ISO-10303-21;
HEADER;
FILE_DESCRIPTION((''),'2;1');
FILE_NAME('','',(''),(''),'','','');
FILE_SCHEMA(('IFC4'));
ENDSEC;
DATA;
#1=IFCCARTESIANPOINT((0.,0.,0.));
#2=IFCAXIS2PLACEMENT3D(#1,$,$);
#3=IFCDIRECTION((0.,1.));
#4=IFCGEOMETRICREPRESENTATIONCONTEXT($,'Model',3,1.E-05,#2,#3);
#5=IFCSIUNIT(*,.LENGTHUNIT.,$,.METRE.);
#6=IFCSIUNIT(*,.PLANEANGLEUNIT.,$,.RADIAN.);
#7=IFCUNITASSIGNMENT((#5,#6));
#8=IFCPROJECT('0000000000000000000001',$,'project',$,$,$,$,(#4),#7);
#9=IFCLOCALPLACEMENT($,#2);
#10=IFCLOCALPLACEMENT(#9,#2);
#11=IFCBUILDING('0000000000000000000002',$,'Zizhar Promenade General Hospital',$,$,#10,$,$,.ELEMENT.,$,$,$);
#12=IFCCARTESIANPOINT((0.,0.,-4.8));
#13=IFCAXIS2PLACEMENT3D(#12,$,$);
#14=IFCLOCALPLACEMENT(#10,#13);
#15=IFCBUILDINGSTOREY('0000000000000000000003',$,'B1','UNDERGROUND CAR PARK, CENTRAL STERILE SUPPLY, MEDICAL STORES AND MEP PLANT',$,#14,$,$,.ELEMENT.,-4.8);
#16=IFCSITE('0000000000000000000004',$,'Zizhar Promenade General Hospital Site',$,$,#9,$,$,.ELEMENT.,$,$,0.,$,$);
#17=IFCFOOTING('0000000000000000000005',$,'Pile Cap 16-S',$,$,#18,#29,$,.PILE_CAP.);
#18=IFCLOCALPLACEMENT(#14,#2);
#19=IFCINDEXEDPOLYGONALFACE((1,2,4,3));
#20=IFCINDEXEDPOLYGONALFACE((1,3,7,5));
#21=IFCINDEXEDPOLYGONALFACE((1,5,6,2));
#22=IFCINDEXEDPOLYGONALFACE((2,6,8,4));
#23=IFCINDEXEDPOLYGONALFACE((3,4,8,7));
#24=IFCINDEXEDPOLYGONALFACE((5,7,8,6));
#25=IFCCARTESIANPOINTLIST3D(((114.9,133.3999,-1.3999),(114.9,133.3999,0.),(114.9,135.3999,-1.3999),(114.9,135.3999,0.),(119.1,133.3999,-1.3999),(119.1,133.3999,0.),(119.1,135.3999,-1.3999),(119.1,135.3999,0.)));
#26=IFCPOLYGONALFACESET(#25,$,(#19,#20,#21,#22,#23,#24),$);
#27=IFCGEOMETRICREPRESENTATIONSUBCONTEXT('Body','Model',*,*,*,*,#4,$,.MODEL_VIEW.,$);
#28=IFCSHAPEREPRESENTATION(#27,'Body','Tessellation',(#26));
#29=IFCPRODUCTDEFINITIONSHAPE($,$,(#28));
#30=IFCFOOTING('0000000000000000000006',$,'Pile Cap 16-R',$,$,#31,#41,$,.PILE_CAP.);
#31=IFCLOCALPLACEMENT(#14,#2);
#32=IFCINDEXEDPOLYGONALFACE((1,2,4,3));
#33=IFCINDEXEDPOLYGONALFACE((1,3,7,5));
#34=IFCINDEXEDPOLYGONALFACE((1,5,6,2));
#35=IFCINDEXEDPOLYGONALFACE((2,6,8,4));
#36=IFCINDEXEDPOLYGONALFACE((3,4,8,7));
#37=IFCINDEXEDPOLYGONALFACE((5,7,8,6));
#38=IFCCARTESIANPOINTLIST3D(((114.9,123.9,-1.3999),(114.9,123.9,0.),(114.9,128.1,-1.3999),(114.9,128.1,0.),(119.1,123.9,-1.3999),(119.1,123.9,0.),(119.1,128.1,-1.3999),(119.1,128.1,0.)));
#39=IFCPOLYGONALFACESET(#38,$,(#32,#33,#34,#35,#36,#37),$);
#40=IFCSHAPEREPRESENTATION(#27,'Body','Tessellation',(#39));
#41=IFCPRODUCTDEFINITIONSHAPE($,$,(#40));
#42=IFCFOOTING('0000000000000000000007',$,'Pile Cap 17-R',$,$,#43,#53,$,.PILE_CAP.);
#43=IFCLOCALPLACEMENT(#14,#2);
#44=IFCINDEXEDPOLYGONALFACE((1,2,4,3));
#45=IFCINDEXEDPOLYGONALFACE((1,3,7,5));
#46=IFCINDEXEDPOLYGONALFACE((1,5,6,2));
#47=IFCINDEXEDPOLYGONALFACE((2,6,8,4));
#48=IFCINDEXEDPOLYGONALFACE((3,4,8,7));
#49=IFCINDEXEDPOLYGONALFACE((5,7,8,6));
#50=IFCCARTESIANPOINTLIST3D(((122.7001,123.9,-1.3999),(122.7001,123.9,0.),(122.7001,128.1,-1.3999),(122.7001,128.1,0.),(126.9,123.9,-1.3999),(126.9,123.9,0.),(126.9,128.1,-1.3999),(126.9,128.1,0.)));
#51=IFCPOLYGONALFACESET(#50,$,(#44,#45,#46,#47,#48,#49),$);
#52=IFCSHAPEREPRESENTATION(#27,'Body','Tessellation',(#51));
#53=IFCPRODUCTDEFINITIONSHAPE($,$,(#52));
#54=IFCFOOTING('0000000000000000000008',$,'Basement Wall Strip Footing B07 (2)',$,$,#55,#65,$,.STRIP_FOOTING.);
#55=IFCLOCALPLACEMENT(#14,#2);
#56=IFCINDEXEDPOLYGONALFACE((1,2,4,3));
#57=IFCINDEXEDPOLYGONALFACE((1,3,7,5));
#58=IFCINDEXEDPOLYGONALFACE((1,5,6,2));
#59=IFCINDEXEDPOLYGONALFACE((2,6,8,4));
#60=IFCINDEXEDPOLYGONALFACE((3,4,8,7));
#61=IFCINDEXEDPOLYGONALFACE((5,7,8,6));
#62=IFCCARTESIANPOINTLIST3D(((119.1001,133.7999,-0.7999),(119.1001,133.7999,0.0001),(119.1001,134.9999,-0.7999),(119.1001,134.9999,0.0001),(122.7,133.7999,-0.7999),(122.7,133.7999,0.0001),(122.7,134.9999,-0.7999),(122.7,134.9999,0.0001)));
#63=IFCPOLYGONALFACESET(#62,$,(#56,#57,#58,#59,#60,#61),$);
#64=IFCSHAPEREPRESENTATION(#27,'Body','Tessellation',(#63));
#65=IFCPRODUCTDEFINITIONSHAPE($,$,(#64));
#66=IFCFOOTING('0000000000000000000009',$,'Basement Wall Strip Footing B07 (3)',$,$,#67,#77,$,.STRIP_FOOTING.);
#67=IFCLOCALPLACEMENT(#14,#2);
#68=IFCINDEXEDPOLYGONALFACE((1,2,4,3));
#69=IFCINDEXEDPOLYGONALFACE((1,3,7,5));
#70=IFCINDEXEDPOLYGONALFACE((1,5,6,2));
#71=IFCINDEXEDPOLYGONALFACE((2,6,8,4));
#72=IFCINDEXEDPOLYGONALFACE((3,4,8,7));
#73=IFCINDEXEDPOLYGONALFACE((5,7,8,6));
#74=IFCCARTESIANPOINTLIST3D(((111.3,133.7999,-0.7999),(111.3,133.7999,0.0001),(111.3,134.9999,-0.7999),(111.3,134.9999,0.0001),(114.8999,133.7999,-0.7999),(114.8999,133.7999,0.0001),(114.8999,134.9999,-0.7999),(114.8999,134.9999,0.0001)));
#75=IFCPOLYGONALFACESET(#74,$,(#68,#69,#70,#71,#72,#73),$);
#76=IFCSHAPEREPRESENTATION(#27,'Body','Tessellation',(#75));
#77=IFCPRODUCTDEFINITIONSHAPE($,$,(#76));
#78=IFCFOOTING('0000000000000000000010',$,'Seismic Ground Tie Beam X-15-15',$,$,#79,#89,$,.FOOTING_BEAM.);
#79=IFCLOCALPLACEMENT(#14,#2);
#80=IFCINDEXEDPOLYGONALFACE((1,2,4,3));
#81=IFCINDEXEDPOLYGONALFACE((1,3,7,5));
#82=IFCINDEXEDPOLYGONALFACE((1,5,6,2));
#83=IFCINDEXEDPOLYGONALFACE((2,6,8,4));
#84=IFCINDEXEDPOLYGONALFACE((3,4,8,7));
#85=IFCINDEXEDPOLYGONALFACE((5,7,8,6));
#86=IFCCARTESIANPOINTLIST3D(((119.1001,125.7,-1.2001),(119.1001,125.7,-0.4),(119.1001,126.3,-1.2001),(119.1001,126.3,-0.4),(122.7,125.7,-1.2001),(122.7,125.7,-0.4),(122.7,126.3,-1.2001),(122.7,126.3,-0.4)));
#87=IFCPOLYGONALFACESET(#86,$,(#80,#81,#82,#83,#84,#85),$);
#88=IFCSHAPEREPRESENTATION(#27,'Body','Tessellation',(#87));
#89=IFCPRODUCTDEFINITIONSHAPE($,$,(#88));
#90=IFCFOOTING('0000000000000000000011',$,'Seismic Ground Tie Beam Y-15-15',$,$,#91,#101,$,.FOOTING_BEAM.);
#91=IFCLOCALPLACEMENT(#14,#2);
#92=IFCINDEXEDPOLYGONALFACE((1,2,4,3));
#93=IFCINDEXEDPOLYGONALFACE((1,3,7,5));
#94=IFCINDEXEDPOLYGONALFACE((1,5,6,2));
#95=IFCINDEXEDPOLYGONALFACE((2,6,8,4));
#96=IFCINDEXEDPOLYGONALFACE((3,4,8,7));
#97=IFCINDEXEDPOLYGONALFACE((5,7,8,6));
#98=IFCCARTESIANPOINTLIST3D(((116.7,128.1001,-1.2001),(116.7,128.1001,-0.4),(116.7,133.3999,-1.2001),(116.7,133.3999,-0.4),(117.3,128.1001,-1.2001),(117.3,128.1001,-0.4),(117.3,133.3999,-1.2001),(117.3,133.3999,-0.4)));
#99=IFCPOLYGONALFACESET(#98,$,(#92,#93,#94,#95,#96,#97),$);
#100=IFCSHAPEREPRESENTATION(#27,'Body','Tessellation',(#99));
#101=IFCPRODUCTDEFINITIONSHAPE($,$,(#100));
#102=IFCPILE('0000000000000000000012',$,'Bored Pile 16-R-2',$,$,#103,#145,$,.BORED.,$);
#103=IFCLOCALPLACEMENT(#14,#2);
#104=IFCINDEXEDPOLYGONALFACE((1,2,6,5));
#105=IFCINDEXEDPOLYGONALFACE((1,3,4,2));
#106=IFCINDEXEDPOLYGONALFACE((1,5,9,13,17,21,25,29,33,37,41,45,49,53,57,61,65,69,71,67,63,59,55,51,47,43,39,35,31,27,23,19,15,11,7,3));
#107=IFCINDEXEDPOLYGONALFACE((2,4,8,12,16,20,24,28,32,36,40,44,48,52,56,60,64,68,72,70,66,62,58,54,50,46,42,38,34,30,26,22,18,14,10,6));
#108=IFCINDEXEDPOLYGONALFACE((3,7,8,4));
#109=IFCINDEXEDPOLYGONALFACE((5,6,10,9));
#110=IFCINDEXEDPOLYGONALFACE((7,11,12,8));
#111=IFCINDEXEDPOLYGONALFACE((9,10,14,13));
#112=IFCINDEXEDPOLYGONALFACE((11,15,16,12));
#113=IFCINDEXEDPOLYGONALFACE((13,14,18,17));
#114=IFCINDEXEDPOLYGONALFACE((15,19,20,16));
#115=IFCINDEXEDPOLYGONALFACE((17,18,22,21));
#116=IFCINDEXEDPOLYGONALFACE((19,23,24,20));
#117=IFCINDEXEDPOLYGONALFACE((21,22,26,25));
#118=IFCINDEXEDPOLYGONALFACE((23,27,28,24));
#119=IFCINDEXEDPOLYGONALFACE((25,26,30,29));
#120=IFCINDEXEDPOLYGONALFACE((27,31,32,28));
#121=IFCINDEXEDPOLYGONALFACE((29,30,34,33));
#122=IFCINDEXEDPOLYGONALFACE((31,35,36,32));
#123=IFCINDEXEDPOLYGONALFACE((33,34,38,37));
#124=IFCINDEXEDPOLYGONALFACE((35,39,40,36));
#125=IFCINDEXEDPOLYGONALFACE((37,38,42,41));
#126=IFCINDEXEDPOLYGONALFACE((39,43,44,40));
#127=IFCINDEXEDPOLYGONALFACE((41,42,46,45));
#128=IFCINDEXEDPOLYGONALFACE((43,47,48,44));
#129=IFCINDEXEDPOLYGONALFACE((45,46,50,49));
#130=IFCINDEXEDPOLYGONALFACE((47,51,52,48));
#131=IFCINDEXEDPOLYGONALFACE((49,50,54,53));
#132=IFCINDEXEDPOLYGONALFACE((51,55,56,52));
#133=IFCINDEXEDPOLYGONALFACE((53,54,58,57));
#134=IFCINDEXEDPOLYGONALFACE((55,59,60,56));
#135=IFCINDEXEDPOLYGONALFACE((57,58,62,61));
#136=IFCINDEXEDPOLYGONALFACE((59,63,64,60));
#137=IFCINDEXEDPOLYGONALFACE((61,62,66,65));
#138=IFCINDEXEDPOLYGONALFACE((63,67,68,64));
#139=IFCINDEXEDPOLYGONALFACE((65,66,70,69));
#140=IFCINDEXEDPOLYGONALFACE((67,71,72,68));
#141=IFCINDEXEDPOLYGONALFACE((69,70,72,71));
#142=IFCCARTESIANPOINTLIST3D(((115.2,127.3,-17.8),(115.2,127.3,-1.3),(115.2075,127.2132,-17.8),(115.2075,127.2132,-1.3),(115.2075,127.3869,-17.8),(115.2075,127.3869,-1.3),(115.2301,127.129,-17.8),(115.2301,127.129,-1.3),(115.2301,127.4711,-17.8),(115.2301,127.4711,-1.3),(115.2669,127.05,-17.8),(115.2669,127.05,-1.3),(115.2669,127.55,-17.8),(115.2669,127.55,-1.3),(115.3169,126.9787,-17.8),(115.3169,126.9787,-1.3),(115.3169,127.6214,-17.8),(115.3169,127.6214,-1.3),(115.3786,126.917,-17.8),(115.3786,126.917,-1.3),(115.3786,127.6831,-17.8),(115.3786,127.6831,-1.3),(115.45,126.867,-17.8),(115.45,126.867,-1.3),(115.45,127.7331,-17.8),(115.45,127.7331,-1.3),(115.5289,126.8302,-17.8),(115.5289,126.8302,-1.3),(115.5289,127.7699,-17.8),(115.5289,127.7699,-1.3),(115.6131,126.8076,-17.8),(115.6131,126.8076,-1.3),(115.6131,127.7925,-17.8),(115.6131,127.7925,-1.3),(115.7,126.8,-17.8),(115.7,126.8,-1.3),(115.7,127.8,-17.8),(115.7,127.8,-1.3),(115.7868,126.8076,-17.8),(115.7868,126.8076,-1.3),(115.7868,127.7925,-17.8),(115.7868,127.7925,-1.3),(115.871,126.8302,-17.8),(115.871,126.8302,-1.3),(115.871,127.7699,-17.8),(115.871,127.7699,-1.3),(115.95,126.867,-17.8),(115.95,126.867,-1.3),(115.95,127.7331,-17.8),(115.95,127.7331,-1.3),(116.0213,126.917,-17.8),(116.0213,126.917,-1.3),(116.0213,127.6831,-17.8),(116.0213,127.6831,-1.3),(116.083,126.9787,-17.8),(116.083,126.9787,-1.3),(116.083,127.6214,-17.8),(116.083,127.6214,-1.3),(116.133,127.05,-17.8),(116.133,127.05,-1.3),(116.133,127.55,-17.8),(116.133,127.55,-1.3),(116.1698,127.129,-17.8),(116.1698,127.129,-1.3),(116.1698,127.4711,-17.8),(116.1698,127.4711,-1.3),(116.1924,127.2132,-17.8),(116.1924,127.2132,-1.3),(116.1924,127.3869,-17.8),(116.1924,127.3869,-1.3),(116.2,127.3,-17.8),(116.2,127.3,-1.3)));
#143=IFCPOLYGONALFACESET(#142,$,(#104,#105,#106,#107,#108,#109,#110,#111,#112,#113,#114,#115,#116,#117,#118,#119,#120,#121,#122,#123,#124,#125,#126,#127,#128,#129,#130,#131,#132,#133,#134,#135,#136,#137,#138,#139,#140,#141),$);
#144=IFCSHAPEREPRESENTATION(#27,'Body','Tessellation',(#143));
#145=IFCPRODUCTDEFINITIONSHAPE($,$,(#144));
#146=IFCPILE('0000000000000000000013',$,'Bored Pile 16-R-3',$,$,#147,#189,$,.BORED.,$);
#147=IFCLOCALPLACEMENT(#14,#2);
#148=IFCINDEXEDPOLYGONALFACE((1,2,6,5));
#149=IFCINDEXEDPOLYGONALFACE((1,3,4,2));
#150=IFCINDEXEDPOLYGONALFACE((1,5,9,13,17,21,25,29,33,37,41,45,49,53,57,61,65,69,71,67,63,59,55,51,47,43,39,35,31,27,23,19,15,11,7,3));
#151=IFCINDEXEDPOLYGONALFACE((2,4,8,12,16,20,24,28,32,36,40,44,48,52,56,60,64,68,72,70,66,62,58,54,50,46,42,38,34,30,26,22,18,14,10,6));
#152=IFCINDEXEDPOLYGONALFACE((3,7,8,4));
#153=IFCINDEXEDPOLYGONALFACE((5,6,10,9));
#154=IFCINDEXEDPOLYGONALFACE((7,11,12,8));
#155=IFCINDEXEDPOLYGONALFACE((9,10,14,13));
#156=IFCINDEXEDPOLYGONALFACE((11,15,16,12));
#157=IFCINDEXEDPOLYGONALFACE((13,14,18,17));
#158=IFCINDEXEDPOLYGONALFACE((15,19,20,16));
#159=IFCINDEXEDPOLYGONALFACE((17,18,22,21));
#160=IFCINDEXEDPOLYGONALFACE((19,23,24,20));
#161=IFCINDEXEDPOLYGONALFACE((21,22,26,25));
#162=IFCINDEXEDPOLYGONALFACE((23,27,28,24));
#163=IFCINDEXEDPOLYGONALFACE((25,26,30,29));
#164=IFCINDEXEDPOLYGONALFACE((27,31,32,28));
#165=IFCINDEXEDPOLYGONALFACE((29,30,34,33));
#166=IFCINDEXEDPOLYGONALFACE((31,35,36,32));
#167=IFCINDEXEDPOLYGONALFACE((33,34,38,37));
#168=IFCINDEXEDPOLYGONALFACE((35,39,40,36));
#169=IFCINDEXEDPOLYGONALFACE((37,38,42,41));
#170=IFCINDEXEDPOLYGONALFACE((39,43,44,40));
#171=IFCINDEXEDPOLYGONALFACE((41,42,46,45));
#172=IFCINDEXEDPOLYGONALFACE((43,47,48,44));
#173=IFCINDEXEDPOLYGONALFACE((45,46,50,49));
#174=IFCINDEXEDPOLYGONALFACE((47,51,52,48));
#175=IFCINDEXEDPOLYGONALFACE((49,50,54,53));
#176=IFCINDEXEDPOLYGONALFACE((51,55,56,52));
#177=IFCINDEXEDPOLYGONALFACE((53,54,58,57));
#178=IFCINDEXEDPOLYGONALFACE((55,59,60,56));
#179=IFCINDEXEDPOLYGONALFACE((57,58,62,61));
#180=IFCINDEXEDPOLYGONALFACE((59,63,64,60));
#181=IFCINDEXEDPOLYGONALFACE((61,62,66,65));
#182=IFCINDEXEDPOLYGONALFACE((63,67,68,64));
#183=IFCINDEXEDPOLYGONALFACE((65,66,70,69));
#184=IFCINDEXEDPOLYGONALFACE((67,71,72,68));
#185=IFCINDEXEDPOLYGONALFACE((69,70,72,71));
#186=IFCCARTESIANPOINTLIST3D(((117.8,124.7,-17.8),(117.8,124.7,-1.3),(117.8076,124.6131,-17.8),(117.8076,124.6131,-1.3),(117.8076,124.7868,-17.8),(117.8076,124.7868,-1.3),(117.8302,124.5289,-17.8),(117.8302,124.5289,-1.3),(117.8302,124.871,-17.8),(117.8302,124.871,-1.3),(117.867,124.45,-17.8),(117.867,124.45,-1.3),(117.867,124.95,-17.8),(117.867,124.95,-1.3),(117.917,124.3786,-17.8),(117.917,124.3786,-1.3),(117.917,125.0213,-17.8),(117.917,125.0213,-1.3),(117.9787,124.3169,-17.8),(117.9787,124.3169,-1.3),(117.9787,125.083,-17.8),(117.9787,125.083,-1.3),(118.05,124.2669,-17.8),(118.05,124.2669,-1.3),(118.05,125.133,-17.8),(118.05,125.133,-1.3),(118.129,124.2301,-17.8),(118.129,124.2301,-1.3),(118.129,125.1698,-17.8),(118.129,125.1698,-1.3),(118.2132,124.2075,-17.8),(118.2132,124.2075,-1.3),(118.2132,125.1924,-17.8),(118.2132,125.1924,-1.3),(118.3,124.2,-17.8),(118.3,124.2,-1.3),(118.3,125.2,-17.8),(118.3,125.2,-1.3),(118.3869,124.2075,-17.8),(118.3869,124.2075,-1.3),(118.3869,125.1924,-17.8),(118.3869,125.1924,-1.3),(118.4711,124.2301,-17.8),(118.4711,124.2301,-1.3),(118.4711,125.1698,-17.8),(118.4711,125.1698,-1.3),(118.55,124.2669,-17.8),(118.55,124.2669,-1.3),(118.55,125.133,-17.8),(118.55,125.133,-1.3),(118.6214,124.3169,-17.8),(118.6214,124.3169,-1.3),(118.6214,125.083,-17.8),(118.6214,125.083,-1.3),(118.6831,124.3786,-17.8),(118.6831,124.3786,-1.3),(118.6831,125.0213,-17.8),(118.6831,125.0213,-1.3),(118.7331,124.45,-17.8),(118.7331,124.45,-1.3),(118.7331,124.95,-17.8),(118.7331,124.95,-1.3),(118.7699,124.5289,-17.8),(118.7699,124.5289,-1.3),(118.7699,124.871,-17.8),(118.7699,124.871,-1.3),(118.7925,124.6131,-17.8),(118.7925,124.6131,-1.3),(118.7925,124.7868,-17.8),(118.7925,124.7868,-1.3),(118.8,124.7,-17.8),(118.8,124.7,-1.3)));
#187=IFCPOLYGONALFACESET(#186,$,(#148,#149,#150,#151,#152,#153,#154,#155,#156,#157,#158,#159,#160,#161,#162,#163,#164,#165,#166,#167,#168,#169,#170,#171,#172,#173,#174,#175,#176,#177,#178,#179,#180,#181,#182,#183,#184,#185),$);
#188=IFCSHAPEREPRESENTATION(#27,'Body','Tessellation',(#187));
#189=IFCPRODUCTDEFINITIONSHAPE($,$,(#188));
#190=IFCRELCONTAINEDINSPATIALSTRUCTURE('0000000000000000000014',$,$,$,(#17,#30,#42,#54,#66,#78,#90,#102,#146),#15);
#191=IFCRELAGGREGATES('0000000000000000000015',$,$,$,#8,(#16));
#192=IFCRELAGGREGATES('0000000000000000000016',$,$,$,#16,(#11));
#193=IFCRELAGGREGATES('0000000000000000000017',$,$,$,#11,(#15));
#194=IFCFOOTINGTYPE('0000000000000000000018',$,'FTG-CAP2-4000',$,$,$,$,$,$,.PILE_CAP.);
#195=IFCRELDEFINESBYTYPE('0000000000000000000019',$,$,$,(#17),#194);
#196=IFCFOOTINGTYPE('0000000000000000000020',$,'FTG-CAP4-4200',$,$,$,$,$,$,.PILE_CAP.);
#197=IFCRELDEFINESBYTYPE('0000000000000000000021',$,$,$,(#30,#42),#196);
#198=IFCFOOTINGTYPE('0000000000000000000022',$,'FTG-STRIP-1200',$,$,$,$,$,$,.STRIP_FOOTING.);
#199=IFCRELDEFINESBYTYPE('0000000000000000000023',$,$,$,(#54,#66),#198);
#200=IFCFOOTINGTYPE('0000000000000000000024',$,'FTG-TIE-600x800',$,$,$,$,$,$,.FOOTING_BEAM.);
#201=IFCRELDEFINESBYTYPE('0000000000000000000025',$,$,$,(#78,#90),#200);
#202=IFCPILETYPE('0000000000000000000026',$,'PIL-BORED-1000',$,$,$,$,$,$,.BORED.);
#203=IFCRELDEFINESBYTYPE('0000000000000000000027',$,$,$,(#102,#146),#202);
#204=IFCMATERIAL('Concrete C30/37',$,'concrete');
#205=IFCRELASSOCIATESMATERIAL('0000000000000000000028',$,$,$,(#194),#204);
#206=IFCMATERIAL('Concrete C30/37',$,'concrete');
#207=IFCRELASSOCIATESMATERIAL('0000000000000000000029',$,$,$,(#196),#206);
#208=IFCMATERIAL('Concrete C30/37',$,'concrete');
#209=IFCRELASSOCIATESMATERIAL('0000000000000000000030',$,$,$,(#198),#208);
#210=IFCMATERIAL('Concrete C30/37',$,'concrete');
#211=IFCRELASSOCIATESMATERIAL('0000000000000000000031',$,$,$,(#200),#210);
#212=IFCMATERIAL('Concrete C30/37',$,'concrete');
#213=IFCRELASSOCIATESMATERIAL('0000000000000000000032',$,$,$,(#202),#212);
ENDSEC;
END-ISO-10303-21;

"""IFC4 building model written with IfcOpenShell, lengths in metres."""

from ifc_helpers import new_model, si_unit, direction, frame, origin, origin_2d, place, context, subcontext, project, spatial, rectangle, circle, extrude, material, material_profile, profile_set, type_object, element, save


model = new_model("IFC4")

# Units and contexts
model_context = context("Model", 3, precision=1e-05, world=origin(), true_north=direction((0.0, 1.0)))
body_context = subcontext(model_context, "Body", "Model", "MODEL_VIEW")
ifc_project = project(units=[si_unit("LENGTHUNIT", "METRE"), si_unit("PLANEANGLEUNIT", "RADIAN")], contexts=[model_context])

# Site, building, storey
site_placement = place(None, origin())
site = spatial("IfcSite", under=ifc_project, at=site_placement, Name="Zizhar Promenade General Hospital Site", CompositionType="ELEMENT", RefElevation=0.0)
building_placement = place(site_placement, origin())
building = spatial("IfcBuilding", under=site, at=building_placement, Name="Zizhar Promenade General Hospital", CompositionType="ELEMENT")
storey_placement = place(building_placement, frame((0.0, 0.0, -4.8)))
storey = spatial("IfcBuildingStorey", under=building, at=storey_placement, Name="B1", Description="UNDERGROUND CAR PARK, CENTRAL STERILE SUPPLY, MEDICAL STORES AND MEP PLANT", CompositionType="ELEMENT", Elevation=-4.8)

# Footings
ifc_material_1 = material(Name="Concrete C30/37", Category="concrete")
footing_type_1 = type_object("IfcFootingType", Name="FTG-CAP2-4000", PredefinedType="PILE_CAP", material=ifc_material_1)
footing_1_placement = place(storey_placement, frame((117.0, 134.3999, -1.3999), z_axis=(0.0, 0.0, 1.0), x_axis=(1.0, 0.0, 0.0)))
element("IfcFooting", 1, at=footing_1_placement, inside=storey, type_object=footing_type_1, Name="Pile Cap 16-S", PredefinedType="PILE_CAP", context=body_context, shape_type="SweptSolid", body=[
    extrude(rectangle(XDim=4.2, YDim=2.0, at=origin_2d()), origin(), (0.0, 0.0, 1.0), 1.3999),
])
ifc_material_2 = material(Name="Concrete C30/37", Category="concrete")
footing_type_2 = type_object("IfcFootingType", Name="FTG-CAP4-4200", PredefinedType="PILE_CAP", material=ifc_material_2)
for number, where, z_axis, x_axis, name in (
    (2, (117.0, 126.0, -1.3999), (0.0, 0.0, 1.0), (1.0, 0.0, 0.0), "Pile Cap 16-R"),
    (3, (124.8, 126.0, -1.3999), (0.0, 0.0, 1.0), (1.0, 0.0, 0.0), "Pile Cap 17-R"),
):
    element("IfcFooting", number, at=place(storey_placement, frame(where, z_axis=z_axis, x_axis=x_axis)), inside=storey, type_object=footing_type_2, Name=name, PredefinedType="PILE_CAP", context=body_context, shape_type="SweptSolid", body=[
        extrude(rectangle(XDim=4.2, YDim=4.2, at=origin_2d()), origin(), (0.0, 0.0, 1.0), 1.3999),
    ])
ifc_material_3 = material(Name="Concrete C30/37", Category="concrete")
ifc_material_profile_1 = material_profile(ifc_material_3, rectangle(XDim=1.2, YDim=0.8, at=origin_2d()))
ifc_profile_set_1 = profile_set([ifc_material_profile_1], Name="Concrete C30/37")
footing_type_3 = type_object("IfcFootingType", Name="FTG-STRIP-1200", PredefinedType="STRIP_FOOTING", material=ifc_profile_set_1)
for number, where, z_axis, x_axis, name in (
    (4, (122.7, 134.3999, -0.3999), (-1.0, 0.0, 0.0), (0.0, -1.0, 0.0), "Basement Wall Strip Footing B07 (2)"),
    (5, (114.8999, 134.3999, -0.3999), (-1.0, 0.0, 0.0), (0.0, -1.0, 0.0), "Basement Wall Strip Footing B07 (3)"),
):
    element("IfcFooting", number, at=place(storey_placement, frame(where, z_axis=z_axis, x_axis=x_axis)), inside=storey, type_object=footing_type_3, Name=name, PredefinedType="STRIP_FOOTING", context=body_context, shape_type="SweptSolid", body=[
        extrude(rectangle(XDim=1.2, YDim=0.8, at=origin_2d()), origin(), (0.0, 0.0, 1.0), 3.5999),
    ])
ifc_material_4 = material(Name="Concrete C30/37", Category="concrete")
ifc_material_profile_2 = material_profile(ifc_material_4, rectangle(XDim=0.6001, YDim=0.8, at=origin_2d()))
ifc_profile_set_2 = profile_set([ifc_material_profile_2], Name="Concrete C30/37")
footing_type_4 = type_object("IfcFootingType", Name="FTG-TIE-600x800", PredefinedType="FOOTING_BEAM", material=ifc_profile_set_2)
footing_2_placement = place(storey_placement, frame((119.1001, 126.0, -0.8), z_axis=(1.0, 0.0, 0.0), x_axis=(0.0, 1.0, 0.0)))
element("IfcFooting", 6, at=footing_2_placement, inside=storey, type_object=footing_type_4, Name="Seismic Ground Tie Beam X-15-15", PredefinedType="FOOTING_BEAM", context=body_context, shape_type="SweptSolid", body=[
    extrude(rectangle(XDim=0.6001, YDim=0.8, at=origin_2d()), origin(), (0.0, 0.0, 1.0), 3.5999),
])
footing_3_placement = place(storey_placement, frame((117.0, 128.1001, -0.8), z_axis=(0.0, 1.0, 0.0), x_axis=(-1.0, 0.0, 0.0)))
element("IfcFooting", 7, at=footing_3_placement, inside=storey, type_object=footing_type_4, Name="Seismic Ground Tie Beam Y-15-15", PredefinedType="FOOTING_BEAM", context=body_context, shape_type="SweptSolid", body=[
    extrude(rectangle(XDim=0.6001, YDim=0.8, at=origin_2d()), origin(), (0.0, 0.0, 1.0), 5.2998),
])

# Piles
ifc_material_5 = material(Name="Concrete C30/37", Category="concrete")
ifc_material_profile_3 = material_profile(ifc_material_5, circle(Radius=0.5, at=origin_2d()))
ifc_profile_set_3 = profile_set([ifc_material_profile_3], Name="Concrete C30/37")
pile_type = type_object("IfcPileType", Name="PIL-BORED-1000", PredefinedType="BORED", material=ifc_profile_set_3)
for number, where, z_axis, x_axis, name in (
    (8, (115.7, 127.3, -1.3), (0.0, 0.0, -1.0), (1.0, 0.0, 0.0), "Bored Pile 16-R-2"),
    (9, (118.3, 124.7, -1.3), (0.0, 0.0, -1.0), (1.0, 0.0, 0.0), "Bored Pile 16-R-3"),
):
    element("IfcPile", number, at=place(storey_placement, frame(where, z_axis=z_axis, x_axis=x_axis)), inside=storey, type_object=pile_type, Name=name, PredefinedType="BORED", context=body_context, shape_type="SweptSolid", body=[
        extrude(circle(Radius=0.5, at=origin_2d()), origin(), (0.0, 0.0, 1.0), 16.5),
    ])

save(model, "model.ifc")
